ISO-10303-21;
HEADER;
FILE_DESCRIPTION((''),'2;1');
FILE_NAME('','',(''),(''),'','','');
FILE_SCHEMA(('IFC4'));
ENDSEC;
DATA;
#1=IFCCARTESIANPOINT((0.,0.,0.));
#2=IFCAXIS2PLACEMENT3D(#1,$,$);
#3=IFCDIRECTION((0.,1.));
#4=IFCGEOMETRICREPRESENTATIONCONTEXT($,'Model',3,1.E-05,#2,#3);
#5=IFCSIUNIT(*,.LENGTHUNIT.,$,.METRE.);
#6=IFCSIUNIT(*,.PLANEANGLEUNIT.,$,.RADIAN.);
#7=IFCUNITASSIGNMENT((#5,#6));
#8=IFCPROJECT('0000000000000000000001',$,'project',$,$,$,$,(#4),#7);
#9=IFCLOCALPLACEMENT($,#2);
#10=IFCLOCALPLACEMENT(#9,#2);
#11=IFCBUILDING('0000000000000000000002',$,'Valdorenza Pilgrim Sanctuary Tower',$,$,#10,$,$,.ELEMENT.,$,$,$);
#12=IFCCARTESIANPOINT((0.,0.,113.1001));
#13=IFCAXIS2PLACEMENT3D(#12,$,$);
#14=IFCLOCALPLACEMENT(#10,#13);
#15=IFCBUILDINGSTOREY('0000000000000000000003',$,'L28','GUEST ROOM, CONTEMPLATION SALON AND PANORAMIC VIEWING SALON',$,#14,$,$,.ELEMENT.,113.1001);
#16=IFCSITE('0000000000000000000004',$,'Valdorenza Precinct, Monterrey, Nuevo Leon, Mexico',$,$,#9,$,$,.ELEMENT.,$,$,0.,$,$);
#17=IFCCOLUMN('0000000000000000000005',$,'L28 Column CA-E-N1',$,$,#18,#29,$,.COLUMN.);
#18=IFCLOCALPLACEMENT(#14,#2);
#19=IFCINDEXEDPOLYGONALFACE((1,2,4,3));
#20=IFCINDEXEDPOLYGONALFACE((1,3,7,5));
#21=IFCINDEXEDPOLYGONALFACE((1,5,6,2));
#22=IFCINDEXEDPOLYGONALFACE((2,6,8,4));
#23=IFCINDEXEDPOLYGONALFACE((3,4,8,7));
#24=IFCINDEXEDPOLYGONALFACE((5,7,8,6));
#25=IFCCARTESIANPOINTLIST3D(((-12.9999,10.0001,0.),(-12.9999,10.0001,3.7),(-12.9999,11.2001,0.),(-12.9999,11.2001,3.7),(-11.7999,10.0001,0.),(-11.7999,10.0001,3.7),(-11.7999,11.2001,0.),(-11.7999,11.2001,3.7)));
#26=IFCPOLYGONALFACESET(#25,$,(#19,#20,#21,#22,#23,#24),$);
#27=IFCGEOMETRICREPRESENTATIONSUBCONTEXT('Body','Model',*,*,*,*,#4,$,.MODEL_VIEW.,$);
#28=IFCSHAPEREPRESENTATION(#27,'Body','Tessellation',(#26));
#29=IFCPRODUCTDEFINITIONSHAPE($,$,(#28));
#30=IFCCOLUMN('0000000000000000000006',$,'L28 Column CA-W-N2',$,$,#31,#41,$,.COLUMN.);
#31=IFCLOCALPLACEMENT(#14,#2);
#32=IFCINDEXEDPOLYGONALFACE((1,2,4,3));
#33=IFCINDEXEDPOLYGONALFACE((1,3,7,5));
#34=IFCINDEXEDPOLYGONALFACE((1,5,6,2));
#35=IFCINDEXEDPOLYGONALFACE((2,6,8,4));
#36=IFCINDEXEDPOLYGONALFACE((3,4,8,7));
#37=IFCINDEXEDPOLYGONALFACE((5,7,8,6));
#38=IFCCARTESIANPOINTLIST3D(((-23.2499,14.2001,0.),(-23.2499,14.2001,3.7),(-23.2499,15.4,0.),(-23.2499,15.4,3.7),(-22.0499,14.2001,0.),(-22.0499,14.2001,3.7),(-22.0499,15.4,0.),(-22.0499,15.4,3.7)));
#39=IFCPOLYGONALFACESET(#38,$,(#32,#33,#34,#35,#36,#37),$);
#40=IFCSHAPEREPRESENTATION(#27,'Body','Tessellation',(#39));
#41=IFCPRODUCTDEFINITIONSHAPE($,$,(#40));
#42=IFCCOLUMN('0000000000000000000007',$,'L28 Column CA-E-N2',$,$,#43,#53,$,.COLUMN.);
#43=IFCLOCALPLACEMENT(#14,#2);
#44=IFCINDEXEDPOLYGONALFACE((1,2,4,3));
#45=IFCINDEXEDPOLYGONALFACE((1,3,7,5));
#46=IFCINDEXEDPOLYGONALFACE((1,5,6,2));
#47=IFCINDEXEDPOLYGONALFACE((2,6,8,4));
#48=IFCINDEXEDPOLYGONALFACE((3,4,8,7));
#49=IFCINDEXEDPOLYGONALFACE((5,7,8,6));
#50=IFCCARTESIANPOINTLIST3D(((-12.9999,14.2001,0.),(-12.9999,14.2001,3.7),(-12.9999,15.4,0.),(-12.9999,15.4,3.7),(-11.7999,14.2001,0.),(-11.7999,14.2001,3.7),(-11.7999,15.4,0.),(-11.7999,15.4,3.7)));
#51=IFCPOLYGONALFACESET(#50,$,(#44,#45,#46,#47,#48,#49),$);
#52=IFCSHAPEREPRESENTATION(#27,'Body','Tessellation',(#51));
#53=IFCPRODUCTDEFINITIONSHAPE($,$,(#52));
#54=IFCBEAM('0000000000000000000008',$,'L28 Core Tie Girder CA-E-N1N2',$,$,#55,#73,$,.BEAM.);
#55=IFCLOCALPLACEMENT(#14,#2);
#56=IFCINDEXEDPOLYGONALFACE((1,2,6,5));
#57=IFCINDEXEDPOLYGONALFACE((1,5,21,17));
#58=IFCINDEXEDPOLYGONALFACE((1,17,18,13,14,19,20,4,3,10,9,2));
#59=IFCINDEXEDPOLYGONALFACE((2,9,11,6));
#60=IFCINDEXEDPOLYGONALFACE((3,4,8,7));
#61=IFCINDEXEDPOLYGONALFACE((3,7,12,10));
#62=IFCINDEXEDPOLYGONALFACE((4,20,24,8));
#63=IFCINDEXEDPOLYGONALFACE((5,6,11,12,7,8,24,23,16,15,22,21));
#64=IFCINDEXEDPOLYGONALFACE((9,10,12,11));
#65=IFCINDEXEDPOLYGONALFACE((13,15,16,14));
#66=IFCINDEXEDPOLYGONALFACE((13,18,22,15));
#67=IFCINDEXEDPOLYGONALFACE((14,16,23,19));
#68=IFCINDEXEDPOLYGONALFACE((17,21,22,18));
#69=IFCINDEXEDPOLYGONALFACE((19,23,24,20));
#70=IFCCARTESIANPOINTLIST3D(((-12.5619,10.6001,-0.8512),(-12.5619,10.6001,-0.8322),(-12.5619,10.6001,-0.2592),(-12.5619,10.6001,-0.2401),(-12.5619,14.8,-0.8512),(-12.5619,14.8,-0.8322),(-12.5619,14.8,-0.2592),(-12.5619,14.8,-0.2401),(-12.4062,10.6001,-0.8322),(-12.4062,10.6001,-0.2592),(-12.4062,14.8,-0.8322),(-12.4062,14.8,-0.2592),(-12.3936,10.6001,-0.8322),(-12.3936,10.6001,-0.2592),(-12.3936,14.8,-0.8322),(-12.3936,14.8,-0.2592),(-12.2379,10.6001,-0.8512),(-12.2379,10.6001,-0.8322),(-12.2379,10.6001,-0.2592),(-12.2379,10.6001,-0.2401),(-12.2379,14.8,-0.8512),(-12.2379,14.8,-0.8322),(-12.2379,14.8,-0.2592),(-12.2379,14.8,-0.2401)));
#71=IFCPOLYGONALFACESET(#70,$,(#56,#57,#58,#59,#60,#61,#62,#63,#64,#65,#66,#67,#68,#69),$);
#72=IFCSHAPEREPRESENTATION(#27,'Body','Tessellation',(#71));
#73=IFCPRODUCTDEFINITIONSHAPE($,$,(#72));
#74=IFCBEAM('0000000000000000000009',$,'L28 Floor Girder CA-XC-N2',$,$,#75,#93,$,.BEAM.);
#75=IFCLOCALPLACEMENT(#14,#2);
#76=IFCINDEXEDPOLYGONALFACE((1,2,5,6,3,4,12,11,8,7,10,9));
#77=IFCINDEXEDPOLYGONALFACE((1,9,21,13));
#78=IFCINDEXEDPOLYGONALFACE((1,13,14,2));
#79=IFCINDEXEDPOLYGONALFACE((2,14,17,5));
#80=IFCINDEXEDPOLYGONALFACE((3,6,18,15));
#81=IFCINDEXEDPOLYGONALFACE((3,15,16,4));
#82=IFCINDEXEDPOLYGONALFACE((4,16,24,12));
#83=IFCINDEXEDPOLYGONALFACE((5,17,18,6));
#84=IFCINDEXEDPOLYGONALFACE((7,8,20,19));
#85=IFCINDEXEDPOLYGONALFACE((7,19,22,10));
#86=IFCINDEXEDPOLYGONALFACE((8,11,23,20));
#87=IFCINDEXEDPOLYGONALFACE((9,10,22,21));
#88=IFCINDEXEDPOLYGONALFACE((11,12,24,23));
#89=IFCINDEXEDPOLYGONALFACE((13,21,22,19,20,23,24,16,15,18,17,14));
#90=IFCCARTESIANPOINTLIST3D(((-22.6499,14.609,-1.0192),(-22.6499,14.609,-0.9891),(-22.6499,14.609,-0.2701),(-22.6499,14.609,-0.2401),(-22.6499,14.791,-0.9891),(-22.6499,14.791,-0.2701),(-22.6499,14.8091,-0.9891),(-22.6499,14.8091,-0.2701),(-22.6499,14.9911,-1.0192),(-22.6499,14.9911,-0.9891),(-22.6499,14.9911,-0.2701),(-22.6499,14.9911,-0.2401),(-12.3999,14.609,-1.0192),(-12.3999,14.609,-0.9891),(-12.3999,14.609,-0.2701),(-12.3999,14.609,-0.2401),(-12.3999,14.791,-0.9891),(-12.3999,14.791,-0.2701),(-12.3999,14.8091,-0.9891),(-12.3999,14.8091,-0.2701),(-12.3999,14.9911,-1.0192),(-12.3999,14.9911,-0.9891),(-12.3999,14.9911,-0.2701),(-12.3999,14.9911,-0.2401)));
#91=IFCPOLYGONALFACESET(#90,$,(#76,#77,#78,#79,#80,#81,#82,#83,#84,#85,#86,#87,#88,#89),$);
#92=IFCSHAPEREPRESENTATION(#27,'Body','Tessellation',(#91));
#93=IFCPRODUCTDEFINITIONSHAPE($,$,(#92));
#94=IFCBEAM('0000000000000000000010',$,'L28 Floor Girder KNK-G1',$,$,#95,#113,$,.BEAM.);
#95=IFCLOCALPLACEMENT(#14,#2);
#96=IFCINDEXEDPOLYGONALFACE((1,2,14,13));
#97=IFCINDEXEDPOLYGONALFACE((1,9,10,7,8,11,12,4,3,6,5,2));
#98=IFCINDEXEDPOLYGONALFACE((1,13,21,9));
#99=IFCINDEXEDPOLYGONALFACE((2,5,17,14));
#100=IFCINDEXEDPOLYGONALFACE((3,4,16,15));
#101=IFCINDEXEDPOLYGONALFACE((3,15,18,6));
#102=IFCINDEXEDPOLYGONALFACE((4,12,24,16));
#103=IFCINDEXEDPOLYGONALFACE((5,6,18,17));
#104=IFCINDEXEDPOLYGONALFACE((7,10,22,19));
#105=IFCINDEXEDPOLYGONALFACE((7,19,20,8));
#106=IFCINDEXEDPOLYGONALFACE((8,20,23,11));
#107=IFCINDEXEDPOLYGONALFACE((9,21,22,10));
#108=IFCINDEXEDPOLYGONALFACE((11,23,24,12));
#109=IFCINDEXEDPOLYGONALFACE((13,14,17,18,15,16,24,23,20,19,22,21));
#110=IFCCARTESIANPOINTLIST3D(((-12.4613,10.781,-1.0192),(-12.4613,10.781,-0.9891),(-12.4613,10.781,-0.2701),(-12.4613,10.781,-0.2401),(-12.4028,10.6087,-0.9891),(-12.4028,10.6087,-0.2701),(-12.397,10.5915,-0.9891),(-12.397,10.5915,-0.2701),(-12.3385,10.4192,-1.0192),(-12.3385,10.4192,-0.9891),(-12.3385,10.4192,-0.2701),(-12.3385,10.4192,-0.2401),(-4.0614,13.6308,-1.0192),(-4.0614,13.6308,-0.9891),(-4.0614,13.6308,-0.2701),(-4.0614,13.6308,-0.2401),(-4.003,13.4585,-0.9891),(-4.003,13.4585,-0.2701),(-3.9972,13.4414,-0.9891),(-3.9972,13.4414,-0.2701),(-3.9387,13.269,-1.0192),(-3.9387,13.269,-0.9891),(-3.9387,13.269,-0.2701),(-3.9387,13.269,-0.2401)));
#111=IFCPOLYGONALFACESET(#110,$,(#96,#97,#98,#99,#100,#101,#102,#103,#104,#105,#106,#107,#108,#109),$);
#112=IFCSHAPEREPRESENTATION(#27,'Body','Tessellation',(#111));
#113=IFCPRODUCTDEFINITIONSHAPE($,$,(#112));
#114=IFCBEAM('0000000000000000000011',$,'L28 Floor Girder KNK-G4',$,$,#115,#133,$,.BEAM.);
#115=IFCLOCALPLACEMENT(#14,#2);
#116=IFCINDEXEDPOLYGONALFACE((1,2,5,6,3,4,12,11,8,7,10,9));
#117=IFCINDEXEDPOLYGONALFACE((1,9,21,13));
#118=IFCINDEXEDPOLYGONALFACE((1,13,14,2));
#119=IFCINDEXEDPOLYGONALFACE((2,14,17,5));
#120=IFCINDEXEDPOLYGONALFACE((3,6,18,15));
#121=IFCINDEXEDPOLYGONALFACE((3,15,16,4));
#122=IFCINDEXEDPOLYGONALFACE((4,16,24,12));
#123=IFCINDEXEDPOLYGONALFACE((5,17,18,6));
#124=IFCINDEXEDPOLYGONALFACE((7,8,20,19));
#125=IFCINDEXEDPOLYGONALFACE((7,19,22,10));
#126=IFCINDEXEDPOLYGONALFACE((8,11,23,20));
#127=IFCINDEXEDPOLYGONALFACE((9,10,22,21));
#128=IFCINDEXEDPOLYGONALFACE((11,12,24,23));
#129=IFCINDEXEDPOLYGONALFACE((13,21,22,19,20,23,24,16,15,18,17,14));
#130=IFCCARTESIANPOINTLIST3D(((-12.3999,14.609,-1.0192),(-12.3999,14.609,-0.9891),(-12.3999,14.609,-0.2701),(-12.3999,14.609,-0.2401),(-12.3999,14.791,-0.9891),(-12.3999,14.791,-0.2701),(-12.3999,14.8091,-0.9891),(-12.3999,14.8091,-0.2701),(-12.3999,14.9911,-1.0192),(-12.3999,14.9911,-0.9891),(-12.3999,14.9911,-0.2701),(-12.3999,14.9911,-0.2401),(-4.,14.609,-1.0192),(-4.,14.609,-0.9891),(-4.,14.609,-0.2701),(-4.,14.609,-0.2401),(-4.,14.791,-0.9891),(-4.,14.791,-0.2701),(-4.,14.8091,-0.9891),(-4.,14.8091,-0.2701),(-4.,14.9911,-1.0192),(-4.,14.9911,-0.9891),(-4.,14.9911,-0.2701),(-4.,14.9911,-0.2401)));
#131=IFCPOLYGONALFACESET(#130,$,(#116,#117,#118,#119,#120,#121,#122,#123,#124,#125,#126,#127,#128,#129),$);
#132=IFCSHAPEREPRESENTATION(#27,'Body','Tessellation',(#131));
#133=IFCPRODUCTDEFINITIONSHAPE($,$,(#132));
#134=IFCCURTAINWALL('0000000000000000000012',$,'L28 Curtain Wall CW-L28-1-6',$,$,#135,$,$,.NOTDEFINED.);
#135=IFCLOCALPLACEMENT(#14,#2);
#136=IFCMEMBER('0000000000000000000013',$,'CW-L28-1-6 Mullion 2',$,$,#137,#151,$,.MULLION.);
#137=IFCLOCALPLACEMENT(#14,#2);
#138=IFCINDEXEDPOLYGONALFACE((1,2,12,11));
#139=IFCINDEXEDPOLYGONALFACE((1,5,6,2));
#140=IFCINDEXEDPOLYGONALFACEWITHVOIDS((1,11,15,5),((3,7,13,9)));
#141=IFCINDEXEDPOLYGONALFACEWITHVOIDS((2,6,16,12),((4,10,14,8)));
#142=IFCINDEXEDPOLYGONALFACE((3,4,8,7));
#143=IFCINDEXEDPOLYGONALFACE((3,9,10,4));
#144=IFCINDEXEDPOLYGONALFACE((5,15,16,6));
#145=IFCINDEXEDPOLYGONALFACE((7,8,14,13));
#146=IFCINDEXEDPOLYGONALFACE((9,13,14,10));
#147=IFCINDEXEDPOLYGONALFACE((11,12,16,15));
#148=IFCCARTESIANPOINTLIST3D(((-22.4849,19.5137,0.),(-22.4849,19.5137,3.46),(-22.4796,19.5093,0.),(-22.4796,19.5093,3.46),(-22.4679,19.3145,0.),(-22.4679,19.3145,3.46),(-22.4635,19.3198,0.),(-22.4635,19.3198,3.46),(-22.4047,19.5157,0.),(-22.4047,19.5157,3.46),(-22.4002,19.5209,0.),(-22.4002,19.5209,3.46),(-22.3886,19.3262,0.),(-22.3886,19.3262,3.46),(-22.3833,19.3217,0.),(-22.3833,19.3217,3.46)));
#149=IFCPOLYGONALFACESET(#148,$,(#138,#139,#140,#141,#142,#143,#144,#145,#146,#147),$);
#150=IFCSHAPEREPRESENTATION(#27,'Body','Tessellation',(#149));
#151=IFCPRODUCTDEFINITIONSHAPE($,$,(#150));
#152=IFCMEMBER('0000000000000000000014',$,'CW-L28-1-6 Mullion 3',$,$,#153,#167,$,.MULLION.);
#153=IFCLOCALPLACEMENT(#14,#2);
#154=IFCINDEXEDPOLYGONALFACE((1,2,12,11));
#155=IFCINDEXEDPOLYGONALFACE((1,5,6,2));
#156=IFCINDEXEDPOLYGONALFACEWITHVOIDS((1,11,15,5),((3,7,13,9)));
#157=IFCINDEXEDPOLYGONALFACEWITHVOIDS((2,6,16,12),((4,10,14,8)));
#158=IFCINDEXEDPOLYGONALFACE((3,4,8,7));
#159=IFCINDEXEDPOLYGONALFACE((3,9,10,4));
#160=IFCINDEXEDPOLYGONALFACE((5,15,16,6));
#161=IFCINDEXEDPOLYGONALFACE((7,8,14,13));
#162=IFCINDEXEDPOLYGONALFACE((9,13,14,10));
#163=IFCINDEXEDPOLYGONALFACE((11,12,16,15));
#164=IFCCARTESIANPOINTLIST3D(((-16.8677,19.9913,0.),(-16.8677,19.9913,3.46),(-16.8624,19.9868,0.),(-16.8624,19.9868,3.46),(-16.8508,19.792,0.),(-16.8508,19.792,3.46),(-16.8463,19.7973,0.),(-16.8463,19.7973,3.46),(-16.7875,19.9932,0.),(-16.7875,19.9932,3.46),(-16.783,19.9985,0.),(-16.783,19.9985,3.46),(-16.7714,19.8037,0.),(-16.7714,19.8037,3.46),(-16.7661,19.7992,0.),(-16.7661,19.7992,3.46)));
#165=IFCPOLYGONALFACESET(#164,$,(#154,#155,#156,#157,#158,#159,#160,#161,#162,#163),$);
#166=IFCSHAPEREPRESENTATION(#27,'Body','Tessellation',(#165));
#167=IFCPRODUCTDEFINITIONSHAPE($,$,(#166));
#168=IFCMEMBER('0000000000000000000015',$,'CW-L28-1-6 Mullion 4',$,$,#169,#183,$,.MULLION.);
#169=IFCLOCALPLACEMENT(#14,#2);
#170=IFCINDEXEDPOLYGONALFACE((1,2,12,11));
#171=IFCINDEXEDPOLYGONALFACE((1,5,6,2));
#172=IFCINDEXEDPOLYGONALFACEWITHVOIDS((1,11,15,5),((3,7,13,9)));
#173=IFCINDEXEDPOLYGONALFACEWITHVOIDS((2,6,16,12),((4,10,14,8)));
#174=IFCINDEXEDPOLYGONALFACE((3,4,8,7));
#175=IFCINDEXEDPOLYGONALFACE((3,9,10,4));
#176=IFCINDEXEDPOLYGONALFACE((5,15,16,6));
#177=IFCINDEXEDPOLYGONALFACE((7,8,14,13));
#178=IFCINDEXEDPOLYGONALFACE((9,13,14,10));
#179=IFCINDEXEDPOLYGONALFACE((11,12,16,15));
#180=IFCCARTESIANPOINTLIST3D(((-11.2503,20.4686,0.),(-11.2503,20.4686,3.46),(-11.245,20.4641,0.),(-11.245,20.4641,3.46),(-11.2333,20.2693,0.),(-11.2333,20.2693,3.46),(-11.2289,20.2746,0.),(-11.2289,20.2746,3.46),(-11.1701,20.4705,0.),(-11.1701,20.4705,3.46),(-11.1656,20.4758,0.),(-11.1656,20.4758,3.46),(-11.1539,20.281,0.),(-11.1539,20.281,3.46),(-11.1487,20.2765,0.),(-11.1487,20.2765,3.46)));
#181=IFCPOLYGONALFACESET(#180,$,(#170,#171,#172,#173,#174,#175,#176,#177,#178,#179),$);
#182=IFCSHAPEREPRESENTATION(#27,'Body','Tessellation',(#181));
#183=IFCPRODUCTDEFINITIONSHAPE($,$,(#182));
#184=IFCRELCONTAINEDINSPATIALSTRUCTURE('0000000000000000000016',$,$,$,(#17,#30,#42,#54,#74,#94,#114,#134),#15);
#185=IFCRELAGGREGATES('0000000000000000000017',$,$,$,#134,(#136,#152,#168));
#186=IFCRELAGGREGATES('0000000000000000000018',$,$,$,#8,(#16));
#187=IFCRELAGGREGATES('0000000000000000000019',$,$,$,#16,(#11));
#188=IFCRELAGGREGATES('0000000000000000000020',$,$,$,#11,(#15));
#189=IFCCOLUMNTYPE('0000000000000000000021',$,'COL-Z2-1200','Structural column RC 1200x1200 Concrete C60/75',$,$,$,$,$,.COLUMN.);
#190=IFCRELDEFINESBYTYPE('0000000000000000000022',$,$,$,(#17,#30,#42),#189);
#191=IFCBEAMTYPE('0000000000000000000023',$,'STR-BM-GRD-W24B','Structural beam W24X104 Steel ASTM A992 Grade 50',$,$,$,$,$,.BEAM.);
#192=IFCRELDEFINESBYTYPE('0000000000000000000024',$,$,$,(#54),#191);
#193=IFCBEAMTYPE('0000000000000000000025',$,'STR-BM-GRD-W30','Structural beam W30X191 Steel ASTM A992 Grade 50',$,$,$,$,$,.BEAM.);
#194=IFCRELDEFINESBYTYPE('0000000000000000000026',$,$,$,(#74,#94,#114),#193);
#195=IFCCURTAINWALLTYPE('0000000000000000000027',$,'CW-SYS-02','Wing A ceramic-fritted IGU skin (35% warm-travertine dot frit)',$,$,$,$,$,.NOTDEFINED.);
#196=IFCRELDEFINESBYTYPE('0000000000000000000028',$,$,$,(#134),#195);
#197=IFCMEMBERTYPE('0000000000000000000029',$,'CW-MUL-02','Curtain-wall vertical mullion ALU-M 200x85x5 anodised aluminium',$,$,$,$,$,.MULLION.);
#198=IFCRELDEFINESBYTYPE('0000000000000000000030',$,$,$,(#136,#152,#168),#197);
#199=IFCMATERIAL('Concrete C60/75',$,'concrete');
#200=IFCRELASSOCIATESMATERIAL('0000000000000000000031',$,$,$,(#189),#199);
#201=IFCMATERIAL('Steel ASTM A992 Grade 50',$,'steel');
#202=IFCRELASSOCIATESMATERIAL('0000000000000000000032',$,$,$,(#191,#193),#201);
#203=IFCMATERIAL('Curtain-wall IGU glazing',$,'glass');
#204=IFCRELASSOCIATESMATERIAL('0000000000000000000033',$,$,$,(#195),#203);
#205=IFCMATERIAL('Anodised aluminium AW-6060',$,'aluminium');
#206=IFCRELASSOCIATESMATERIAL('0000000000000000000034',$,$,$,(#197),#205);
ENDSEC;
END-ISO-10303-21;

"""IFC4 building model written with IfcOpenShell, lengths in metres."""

from ifc_helpers import new_model, si_unit, direction, frame, origin, origin_2d, place, context, subcontext, project, spatial, rectangle, hollow_rectangle, i_section, extrude, source, transform, mapped, material, material_profile, profile_set, type_object, element, aggregate, save


model = new_model("IFC4")

# Units and contexts
model_context = context("Model", 3, precision=1e-05, world=origin(), true_north=direction((0.0, 1.0)))
body_context = subcontext(model_context, "Body", "Model", "MODEL_VIEW")
ifc_project = project(units=[si_unit("LENGTHUNIT", "METRE"), si_unit("PLANEANGLEUNIT", "RADIAN")], contexts=[model_context])

# Site, building, storey
site_placement = place(None, origin())
site = spatial("IfcSite", under=ifc_project, at=site_placement, Name="Valdorenza Precinct, Monterrey, Nuevo Leon, Mexico", CompositionType="ELEMENT", RefElevation=0.0)
building_placement = place(site_placement, origin())
building = spatial("IfcBuilding", under=site, at=building_placement, Name="Valdorenza Pilgrim Sanctuary Tower", CompositionType="ELEMENT")
storey_placement = place(building_placement, frame((0.0, 0.0, 113.1001)))
storey = spatial("IfcBuildingStorey", under=building, at=storey_placement, Name="L28", Description="GUEST ROOM, CONTEMPLATION SALON AND PANORAMIC VIEWING SALON", CompositionType="ELEMENT", Elevation=113.1001)

# Columns
ifc_material_1 = material(Name="Concrete C60/75", Category="concrete")
ifc_material_profile_1 = material_profile(ifc_material_1, rectangle(XDim=1.2, YDim=1.2, at=origin_2d()), Name="RC 1200x1200")
ifc_profile_set_1 = profile_set([ifc_material_profile_1], Name="Concrete C60/75")
column_type = type_object("IfcColumnType", Name="COL-Z2-1200", Description="Structural column RC 1200x1200 Concrete C60/75", PredefinedType="COLUMN", material=ifc_profile_set_1)
shared_shape_1 = source(origin(), body_context, "Body", "SweptSolid", [
    extrude(rectangle(XDim=1.2, YDim=1.2, at=origin_2d()), origin(), (0.0, 0.0, 1.0), 3.7),
])
for number, where, z_axis, x_axis, name in (
    (1, (-12.3999, 10.6001, 0.0), (0.0, 0.0, 1.0), (1.0, 0.0, 0.0), "L28 Column CA-E-N1"),
    (2, (-22.6499, 14.8, 0.0), (0.0, 0.0, 1.0), (1.0, 0.0, 0.0), "L28 Column CA-W-N2"),
    (3, (-12.3999, 14.8, 0.0), (0.0, 0.0, 1.0), (1.0, 0.0, 0.0), "L28 Column CA-E-N2"),
):
    element("IfcColumn", number, at=place(storey_placement, frame(where, z_axis=z_axis, x_axis=x_axis)), inside=storey, type_object=column_type, Name=name, PredefinedType="COLUMN", context=body_context, shape_type="MappedRepresentation", body=[
        mapped(shared_shape_1, transform((0.0, 0.0, 0.0), x_axis=(1.0, 0.0, 0.0), y_axis=(0.0, 1.0, 0.0), z_axis=(0.0, 0.0, 1.0), scale=1.0)),
    ])

# Beams
ifc_material_2 = material(Name="Steel ASTM A992 Grade 50", Category="steel")
ifc_material_profile_2 = material_profile(ifc_material_2, i_section(OverallWidth=0.324, OverallDepth=0.6111, WebThickness=0.0127, FlangeThickness=0.019, at=origin_2d()), Name="W24X104")
ifc_profile_set_2 = profile_set([ifc_material_profile_2], Name="Steel ASTM A992 Grade 50")
beam_type_1 = type_object("IfcBeamType", Name="STR-BM-GRD-W24B", Description="Structural beam W24X104 Steel ASTM A992 Grade 50", PredefinedType="BEAM", material=ifc_profile_set_2)
shared_shape_2 = source(origin(), body_context, "Body", "SweptSolid", [
    extrude(i_section(OverallWidth=0.324, OverallDepth=0.6111, WebThickness=0.0127, FlangeThickness=0.019, at=origin_2d()), origin(), (0.0, 0.0, 1.0), 4.2),
])
beam_1_placement = place(storey_placement, frame((-12.3999, 10.6001, -0.5457), z_axis=(0.0, 1.0, 0.0), x_axis=(-1.0, 0.0, 0.0)))
element("IfcBeam", 4, at=beam_1_placement, inside=storey, type_object=beam_type_1, Name="L28 Core Tie Girder CA-E-N1N2", PredefinedType="BEAM", context=body_context, shape_type="MappedRepresentation", body=[
    mapped(shared_shape_2, transform((0.0, 0.0, 0.0), x_axis=(1.0, 0.0, 0.0), y_axis=(0.0, 1.0, 0.0), z_axis=(0.0, 0.0, 1.0), scale=1.0)),
])
ifc_material_profile_3 = material_profile(ifc_material_2, i_section(OverallWidth=0.3821, OverallDepth=0.7791, WebThickness=0.0181, FlangeThickness=0.03, at=origin_2d()), Name="W30X191")
ifc_profile_set_3 = profile_set([ifc_material_profile_3], Name="Steel ASTM A992 Grade 50")
beam_type_2 = type_object("IfcBeamType", Name="STR-BM-GRD-W30", Description="Structural beam W30X191 Steel ASTM A992 Grade 50", PredefinedType="BEAM", material=ifc_profile_set_3)
shared_shape_3 = source(origin(), body_context, "Body", "SweptSolid", [
    extrude(i_section(OverallWidth=0.3821, OverallDepth=0.7791, WebThickness=0.0181, FlangeThickness=0.03, at=origin_2d()), origin(), (0.0, 0.0, 1.0), 10.25),
])
beam_2_placement = place(storey_placement, frame((-22.6499, 14.8, -0.6296), z_axis=(1.0, 0.0, 0.0), x_axis=(0.0, 1.0, 0.0)))
element("IfcBeam", 5, at=beam_2_placement, inside=storey, type_object=beam_type_2, Name="L28 Floor Girder CA-XC-N2", PredefinedType="BEAM", context=body_context, shape_type="MappedRepresentation", body=[
    mapped(shared_shape_3, transform((0.0, 0.0, 0.0), x_axis=(1.0, 0.0, 0.0), y_axis=(0.0, 1.0, 0.0), z_axis=(0.0, 0.0, 1.0), scale=1.0)),
])
shared_shape_4 = source(origin(), body_context, "Body", "SweptSolid", [
    extrude(i_section(OverallWidth=0.3821, OverallDepth=0.7791, WebThickness=0.0181, FlangeThickness=0.03, at=origin_2d()), origin(), (0.0, 0.0, 1.0), 8.8701),
])
beam_3_placement = place(storey_placement, frame((-12.3999, 10.6001, -0.6296), z_axis=(0.946983, 0.321285, 0.0), x_axis=(-0.321285, 0.946983, 0.0)))
element("IfcBeam", 6, at=beam_3_placement, inside=storey, type_object=beam_type_2, Name="L28 Floor Girder KNK-G1", PredefinedType="BEAM", context=body_context, shape_type="MappedRepresentation", body=[
    mapped(shared_shape_4, transform((0.0, 0.0, 0.0), x_axis=(1.0, 0.0, 0.0), y_axis=(0.0, 1.0, 0.0), z_axis=(0.0, 0.0, 1.0), scale=1.0)),
])
shared_shape_5 = source(origin(), body_context, "Body", "SweptSolid", [
    extrude(i_section(OverallWidth=0.3821, OverallDepth=0.7791, WebThickness=0.0181, FlangeThickness=0.03, at=origin_2d()), origin(), (0.0, 0.0, 1.0), 8.3999),
])
beam_4_placement = place(storey_placement, frame((-12.3999, 14.8, -0.6296), z_axis=(1.0, 0.0, 0.0), x_axis=(0.0, 1.0, 0.0)))
element("IfcBeam", 7, at=beam_4_placement, inside=storey, type_object=beam_type_2, Name="L28 Floor Girder KNK-G4", PredefinedType="BEAM", context=body_context, shape_type="MappedRepresentation", body=[
    mapped(shared_shape_5, transform((0.0, 0.0, 0.0), x_axis=(1.0, 0.0, 0.0), y_axis=(0.0, 1.0, 0.0), z_axis=(0.0, 0.0, 1.0), scale=1.0)),
])

# Curtain wall, members
ifc_material_3 = material(Name="Curtain-wall IGU glazing", Category="glass")
curtain_wall_type = type_object("IfcCurtainWallType", Name="CW-SYS-02", Description="Wing A ceramic-fritted IGU skin (35% warm-travertine dot frit)", PredefinedType="NOTDEFINED", material=ifc_material_3)
curtain_wall_1_placement = place(storey_placement, origin())
curtain_wall_1 = element("IfcCurtainWall", 8, at=curtain_wall_1_placement, inside=storey, type_object=curtain_wall_type, Name="L28 Curtain Wall CW-L28-1-6", PredefinedType="NOTDEFINED")
ifc_material_4 = material(Name="Anodised aluminium AW-6060", Category="aluminium")
ifc_material_profile_4 = material_profile(ifc_material_4, hollow_rectangle(XDim=0.085, YDim=0.2, WallThickness=0.0049, at=origin_2d()), Name="ALU-M 200x85x5")
ifc_profile_set_4 = profile_set([ifc_material_profile_4], Name="Anodised aluminium AW-6060")
member_type_1 = type_object("IfcMemberType", Name="CW-MUL-02", Description="Curtain-wall vertical mullion ALU-M 200x85x5 anodised aluminium", PredefinedType="MULLION", material=ifc_profile_set_4)
shared_shape_6 = source(origin(), body_context, "Body", "SweptSolid", [
    extrude(hollow_rectangle(XDim=0.085, YDim=0.2, WallThickness=0.0049, at=origin_2d()), origin(), (0.0, 0.0, 1.0), 3.46),
])
member_1_placement = place(storey_placement, frame((-22.4341, 19.4177, 0.0), z_axis=(0.0, 0.0, 1.0), x_axis=(0.996408, 0.084687, 0.0)))
member_1 = element("IfcMember", 9, at=member_1_placement, type_object=member_type_1, Name="CW-L28-1-6 Mullion 2", PredefinedType="MULLION", context=body_context, shape_type="MappedRepresentation", body=[
    mapped(shared_shape_6, transform((0.0, 0.0, 0.0), x_axis=(1.0, 0.0, 0.0), y_axis=(0.0, 1.0, 0.0), z_axis=(0.0, 0.0, 1.0), scale=1.0)),
])
member_2_placement = place(storey_placement, frame((-16.8169, 19.8953, 0.0), z_axis=(0.0, 0.0, 1.0), x_axis=(0.996408, 0.084687, 0.0)))
member_2 = element("IfcMember", 10, at=member_2_placement, type_object=member_type_1, Name="CW-L28-1-6 Mullion 3", PredefinedType="MULLION", context=body_context, shape_type="MappedRepresentation", body=[
    mapped(shared_shape_6, transform((0.0, 0.0, 0.0), x_axis=(1.0, 0.0, 0.0), y_axis=(0.0, 1.0, 0.0), z_axis=(0.0, 0.0, 1.0), scale=1.0)),
])
member_3_placement = place(storey_placement, frame((-11.1995, 20.3726, 0.0), z_axis=(0.0, 0.0, 1.0), x_axis=(0.996408, 0.084687, 0.0)))
member_3 = element("IfcMember", 11, at=member_3_placement, type_object=member_type_1, Name="CW-L28-1-6 Mullion 4", PredefinedType="MULLION", context=body_context, shape_type="MappedRepresentation", body=[
    mapped(shared_shape_6, transform((0.0, 0.0, 0.0), x_axis=(1.0, 0.0, 0.0), y_axis=(0.0, 1.0, 0.0), z_axis=(0.0, 0.0, 1.0), scale=1.0)),
])

aggregate(curtain_wall_1, [member_1, member_2, member_3])

save(model, "model.ifc")
